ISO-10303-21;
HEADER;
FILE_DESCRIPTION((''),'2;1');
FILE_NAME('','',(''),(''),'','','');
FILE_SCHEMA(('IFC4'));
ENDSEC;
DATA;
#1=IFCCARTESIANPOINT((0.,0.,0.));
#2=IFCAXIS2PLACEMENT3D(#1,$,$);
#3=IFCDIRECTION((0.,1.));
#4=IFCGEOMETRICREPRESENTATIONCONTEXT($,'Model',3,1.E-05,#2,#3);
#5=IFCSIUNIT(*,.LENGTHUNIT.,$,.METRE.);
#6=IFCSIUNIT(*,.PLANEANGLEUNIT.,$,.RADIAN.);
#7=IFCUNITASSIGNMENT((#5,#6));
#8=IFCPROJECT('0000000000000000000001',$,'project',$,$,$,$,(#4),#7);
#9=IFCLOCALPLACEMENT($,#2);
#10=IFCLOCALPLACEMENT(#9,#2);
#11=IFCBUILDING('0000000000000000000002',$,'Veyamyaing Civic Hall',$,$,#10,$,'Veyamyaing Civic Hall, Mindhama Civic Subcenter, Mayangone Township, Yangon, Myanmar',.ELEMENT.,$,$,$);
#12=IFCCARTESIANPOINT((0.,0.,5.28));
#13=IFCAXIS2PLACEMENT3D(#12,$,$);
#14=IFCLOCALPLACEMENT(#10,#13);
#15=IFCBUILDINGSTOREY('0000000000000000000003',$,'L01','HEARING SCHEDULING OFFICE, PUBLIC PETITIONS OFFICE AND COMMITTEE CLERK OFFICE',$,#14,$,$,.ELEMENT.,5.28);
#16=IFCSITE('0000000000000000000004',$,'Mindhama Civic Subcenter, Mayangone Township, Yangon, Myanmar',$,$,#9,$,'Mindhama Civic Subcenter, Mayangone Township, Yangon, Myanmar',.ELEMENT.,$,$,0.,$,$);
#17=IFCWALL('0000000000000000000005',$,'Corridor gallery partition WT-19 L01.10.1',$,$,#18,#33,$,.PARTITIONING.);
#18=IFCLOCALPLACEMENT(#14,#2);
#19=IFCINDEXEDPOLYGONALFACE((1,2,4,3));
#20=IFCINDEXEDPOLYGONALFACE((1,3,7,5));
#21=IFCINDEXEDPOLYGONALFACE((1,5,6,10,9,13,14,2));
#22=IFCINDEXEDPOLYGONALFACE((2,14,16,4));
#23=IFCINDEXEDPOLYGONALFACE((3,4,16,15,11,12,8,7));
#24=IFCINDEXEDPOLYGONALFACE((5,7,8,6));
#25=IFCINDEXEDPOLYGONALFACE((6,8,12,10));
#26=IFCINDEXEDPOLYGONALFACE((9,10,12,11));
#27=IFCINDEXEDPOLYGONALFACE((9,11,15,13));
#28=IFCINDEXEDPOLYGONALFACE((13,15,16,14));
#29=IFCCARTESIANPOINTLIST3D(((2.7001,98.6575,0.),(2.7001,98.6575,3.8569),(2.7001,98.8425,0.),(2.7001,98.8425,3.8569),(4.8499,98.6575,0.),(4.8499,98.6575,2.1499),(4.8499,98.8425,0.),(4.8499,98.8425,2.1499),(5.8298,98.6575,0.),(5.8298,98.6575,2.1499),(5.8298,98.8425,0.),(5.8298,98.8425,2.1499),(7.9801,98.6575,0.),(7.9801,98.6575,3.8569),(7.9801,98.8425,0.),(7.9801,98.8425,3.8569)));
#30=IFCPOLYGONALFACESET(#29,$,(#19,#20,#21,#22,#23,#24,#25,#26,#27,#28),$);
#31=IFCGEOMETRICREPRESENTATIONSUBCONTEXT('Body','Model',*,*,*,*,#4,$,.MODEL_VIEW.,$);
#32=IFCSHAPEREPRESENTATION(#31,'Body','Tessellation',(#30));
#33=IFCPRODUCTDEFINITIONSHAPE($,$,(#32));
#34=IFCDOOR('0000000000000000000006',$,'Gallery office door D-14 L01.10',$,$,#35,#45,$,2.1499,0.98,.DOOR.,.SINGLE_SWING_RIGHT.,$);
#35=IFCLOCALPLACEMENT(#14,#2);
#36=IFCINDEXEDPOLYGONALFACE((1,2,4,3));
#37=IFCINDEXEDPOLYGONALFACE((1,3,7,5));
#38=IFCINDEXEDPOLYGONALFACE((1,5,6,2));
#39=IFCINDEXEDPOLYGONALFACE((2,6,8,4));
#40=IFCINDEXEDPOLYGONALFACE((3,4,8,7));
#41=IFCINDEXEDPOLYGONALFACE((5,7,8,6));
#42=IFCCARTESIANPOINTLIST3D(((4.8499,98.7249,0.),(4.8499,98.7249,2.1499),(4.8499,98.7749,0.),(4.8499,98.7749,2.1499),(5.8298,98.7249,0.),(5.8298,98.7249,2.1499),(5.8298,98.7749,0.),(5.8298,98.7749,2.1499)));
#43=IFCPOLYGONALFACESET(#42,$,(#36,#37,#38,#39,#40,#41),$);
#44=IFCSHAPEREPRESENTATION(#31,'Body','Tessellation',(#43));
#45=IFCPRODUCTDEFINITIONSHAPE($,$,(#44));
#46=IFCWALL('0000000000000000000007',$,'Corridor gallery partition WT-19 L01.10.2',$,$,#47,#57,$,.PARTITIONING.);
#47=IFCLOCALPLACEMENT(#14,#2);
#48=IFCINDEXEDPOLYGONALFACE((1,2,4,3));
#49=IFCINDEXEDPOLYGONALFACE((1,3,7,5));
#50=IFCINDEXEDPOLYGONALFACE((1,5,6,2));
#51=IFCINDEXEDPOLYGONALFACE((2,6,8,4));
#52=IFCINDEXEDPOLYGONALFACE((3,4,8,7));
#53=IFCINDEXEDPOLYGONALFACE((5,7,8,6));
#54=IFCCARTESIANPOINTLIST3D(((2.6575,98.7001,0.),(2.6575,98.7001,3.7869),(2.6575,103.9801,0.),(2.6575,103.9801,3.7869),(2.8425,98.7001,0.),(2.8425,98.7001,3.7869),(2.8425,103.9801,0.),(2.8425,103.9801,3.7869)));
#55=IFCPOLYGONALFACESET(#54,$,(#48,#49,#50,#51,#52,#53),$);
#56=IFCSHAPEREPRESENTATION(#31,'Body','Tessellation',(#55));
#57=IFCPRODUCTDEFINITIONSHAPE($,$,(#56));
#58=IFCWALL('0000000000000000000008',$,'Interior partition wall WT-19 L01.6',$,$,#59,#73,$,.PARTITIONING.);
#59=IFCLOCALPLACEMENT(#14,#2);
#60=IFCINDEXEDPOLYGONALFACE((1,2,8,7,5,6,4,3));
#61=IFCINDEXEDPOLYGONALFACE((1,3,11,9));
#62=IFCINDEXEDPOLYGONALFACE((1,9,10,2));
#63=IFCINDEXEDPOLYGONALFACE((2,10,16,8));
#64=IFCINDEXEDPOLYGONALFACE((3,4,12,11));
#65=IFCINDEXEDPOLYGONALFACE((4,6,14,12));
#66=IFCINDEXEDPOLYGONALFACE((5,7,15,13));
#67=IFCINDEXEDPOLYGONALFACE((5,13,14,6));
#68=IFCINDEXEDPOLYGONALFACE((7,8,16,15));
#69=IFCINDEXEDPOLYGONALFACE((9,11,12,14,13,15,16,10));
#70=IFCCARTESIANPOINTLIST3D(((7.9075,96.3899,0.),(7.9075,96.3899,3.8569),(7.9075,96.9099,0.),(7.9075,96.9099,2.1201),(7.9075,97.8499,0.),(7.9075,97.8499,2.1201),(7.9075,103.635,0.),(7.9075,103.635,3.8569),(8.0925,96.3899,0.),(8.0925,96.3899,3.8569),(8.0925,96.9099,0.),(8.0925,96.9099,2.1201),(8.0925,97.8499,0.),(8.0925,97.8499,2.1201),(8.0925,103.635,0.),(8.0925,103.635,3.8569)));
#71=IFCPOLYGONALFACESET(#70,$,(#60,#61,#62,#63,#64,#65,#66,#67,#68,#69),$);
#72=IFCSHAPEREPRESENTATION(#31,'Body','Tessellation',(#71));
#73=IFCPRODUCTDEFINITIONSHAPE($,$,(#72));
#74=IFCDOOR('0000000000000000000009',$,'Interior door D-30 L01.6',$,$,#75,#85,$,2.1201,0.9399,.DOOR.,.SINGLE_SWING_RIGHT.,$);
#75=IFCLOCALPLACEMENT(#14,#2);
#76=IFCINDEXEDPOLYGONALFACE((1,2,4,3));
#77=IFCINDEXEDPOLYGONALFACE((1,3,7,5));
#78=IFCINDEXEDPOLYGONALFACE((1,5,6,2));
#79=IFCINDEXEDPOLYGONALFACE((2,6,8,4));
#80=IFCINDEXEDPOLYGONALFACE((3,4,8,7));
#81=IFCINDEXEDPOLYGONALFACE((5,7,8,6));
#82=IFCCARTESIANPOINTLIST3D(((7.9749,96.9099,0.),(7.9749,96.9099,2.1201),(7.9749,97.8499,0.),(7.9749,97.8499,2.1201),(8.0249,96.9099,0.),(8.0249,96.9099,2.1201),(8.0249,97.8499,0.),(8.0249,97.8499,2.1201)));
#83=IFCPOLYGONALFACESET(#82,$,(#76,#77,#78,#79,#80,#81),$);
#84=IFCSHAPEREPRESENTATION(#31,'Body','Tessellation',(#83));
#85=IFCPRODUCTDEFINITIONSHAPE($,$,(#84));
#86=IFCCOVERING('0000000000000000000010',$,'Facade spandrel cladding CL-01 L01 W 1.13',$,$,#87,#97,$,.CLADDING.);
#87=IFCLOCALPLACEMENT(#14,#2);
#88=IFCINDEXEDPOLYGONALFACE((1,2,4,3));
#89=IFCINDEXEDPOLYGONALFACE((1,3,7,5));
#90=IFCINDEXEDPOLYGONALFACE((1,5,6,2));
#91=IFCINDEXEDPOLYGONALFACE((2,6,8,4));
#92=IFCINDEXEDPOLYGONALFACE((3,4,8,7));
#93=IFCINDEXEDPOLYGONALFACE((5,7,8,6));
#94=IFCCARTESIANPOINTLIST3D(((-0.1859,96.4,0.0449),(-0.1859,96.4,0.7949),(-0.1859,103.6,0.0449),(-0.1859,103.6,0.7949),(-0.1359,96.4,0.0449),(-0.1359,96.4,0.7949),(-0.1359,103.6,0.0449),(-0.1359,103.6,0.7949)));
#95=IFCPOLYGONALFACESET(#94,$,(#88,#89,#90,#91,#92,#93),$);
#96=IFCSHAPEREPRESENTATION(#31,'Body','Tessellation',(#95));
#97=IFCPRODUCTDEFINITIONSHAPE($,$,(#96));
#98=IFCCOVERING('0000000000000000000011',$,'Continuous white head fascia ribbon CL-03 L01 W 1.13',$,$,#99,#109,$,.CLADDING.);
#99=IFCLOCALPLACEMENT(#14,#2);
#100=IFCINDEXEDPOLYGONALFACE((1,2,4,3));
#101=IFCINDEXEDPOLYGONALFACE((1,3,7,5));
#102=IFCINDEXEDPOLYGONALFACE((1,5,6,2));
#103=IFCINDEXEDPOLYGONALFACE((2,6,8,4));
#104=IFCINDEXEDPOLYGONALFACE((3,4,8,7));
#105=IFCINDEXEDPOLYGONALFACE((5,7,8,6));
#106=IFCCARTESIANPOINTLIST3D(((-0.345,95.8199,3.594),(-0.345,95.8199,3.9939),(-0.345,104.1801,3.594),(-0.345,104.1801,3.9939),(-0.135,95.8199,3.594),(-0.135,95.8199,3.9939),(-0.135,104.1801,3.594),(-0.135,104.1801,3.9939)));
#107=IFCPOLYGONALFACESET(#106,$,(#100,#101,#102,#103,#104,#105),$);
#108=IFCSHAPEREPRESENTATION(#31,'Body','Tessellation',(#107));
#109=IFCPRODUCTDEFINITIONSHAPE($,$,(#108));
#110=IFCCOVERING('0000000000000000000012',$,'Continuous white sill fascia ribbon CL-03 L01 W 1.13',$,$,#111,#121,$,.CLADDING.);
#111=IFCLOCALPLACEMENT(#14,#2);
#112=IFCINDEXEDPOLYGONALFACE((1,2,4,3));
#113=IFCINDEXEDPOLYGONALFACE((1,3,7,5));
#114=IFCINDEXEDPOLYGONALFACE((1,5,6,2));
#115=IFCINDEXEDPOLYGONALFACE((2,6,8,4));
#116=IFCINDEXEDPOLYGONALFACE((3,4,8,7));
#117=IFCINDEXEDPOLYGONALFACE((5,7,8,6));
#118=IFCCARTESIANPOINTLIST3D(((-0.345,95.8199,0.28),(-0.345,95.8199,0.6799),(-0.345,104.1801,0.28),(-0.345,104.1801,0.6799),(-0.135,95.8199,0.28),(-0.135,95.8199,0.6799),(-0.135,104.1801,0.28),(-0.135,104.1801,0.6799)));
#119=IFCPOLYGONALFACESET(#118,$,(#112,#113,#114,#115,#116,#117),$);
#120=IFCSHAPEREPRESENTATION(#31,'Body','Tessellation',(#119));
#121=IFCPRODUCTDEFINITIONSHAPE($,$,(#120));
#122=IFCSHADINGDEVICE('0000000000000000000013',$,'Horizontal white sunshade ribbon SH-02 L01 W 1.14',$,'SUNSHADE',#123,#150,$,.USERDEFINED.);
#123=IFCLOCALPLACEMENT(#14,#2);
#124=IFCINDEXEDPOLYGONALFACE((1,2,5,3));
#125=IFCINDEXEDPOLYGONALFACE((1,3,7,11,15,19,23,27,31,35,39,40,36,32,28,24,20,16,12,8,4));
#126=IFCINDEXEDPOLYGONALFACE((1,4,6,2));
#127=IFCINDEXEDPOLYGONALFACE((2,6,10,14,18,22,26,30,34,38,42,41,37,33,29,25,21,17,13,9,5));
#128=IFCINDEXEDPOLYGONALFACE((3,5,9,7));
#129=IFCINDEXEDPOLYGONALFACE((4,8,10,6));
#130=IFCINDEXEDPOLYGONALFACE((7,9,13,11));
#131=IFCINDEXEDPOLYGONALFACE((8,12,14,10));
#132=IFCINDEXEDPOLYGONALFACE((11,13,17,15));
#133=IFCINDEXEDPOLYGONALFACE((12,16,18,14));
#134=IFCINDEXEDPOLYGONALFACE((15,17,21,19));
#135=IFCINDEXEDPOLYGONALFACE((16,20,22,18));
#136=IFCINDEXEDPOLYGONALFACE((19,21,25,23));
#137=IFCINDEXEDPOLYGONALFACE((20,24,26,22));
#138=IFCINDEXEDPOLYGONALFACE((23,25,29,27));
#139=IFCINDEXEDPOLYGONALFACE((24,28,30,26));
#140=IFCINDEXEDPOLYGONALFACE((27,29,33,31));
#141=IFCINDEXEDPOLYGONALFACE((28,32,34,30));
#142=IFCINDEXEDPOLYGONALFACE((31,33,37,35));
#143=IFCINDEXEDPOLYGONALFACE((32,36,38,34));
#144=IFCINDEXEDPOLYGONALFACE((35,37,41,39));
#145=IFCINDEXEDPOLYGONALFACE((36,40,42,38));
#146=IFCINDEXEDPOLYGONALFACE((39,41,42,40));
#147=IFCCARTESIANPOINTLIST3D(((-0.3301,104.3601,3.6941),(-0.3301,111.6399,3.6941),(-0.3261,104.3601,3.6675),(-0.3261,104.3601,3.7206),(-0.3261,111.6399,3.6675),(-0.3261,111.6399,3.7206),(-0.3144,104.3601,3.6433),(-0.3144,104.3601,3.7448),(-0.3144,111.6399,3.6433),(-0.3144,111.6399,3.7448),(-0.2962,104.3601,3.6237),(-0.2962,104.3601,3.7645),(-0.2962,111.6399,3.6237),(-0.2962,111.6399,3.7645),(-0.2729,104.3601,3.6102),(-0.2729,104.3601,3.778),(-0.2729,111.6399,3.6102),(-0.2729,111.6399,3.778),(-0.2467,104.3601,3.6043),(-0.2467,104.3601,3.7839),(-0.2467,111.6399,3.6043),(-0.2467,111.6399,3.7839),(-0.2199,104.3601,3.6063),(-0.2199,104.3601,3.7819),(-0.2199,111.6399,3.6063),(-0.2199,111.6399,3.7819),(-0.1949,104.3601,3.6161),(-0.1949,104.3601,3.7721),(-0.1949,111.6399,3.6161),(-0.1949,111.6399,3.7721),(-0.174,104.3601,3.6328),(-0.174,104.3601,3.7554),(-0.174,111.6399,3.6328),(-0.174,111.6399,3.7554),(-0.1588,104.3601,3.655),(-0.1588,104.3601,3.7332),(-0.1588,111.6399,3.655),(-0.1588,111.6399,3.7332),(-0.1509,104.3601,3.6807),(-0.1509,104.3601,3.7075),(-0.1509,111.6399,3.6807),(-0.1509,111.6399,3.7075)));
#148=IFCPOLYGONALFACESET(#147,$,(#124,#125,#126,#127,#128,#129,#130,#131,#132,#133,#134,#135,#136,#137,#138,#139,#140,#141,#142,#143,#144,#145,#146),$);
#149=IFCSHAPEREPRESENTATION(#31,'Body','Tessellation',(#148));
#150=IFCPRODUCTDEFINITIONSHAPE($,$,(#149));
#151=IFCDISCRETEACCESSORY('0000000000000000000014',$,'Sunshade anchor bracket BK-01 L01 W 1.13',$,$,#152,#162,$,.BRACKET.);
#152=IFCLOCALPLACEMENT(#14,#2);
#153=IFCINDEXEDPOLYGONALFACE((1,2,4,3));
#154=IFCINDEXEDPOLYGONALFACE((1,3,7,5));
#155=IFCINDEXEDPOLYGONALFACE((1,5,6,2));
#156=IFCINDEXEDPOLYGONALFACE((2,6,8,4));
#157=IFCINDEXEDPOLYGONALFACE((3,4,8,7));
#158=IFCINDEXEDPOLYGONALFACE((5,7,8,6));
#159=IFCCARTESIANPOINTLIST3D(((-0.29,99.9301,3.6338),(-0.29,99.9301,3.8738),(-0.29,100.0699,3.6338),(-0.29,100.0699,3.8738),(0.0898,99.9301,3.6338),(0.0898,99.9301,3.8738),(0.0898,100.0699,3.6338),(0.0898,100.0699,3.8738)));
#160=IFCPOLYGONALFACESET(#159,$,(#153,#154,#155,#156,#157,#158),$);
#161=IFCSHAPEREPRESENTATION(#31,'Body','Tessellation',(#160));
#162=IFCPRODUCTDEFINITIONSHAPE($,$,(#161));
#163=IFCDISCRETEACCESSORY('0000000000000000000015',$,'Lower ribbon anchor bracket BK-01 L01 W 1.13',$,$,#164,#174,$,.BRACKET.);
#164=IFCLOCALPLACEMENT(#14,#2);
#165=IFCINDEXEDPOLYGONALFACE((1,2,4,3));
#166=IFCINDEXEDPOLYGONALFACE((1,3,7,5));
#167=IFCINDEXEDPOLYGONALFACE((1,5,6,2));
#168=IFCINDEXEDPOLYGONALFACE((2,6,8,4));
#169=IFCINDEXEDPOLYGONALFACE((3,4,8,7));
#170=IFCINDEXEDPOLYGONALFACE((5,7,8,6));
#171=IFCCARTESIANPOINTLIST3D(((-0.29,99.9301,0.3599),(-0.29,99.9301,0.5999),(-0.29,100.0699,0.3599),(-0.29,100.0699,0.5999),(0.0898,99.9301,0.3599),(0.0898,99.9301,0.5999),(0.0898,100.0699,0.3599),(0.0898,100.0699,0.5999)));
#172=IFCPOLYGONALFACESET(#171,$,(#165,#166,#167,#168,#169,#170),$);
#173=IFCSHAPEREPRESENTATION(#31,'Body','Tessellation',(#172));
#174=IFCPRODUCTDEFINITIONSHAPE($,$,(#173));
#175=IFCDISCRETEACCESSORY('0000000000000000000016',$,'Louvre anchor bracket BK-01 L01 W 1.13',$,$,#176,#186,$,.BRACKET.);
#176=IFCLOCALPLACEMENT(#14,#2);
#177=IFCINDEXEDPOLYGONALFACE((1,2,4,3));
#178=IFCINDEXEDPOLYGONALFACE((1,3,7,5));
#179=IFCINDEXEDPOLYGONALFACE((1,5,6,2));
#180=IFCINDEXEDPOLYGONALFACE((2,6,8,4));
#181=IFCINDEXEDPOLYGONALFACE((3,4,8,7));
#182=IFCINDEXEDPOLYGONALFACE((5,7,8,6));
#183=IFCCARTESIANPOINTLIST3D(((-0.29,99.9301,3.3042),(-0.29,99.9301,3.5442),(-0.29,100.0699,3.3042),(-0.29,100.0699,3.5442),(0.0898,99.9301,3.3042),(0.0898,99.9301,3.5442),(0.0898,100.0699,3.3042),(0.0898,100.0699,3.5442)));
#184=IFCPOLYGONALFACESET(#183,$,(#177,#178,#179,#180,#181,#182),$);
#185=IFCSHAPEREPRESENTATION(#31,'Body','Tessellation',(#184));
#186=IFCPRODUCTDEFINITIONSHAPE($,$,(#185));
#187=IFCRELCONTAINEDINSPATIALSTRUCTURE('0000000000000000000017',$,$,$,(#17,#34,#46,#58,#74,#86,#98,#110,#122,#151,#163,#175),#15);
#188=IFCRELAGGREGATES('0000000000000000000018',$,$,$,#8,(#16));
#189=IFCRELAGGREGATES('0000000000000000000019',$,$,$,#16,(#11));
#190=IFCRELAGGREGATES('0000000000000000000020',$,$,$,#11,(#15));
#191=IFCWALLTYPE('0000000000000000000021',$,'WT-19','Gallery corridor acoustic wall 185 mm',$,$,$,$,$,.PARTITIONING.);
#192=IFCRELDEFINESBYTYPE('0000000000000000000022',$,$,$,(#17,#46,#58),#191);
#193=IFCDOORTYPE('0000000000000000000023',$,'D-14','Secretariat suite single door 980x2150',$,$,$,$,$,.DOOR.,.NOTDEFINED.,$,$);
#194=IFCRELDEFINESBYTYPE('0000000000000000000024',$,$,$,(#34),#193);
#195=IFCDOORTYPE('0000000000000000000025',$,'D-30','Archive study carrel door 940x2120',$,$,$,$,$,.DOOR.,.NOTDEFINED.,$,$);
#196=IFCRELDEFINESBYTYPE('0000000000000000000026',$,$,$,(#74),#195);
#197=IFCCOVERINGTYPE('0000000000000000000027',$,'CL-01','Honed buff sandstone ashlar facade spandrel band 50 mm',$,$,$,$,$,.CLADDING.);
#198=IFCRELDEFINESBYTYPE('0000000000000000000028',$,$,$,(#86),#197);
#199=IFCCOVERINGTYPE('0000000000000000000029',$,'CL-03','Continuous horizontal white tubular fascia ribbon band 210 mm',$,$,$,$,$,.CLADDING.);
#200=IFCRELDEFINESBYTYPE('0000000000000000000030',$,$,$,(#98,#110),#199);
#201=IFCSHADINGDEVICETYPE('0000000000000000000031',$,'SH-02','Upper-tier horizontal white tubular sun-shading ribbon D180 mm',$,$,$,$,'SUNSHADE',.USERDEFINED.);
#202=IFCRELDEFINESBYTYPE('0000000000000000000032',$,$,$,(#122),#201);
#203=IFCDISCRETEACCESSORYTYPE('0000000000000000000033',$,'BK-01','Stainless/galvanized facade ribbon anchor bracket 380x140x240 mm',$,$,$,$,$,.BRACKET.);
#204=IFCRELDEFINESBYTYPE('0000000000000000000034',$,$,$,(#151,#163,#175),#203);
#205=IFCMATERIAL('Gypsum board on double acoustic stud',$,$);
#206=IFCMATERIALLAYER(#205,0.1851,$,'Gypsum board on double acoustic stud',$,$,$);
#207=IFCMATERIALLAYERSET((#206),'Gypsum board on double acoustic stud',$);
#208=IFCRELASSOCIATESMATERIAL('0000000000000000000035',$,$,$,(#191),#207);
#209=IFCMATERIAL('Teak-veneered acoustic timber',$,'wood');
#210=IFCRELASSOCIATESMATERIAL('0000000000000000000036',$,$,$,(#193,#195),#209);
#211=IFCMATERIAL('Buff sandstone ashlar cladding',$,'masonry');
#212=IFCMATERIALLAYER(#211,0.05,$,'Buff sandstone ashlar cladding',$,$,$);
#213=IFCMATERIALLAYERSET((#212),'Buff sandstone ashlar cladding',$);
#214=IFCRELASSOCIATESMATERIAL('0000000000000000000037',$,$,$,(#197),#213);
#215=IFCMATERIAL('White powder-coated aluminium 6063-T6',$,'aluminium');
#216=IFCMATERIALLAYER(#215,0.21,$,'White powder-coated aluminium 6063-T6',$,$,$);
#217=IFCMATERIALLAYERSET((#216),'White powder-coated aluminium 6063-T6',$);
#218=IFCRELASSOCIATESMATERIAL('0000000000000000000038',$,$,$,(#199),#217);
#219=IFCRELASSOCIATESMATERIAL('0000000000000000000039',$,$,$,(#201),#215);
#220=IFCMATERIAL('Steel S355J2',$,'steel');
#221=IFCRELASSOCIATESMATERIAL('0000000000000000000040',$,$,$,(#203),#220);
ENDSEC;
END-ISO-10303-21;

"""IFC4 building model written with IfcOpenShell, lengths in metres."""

from ifc_helpers import new_model, si_unit, direction, frame, frame_2d, origin, origin_2d, place, context, subcontext, project, spatial, rectangle, circle, extrude, material, layer, layer_set, material_profile, profile_set, type_object, element, fill, save


model = new_model("IFC4")

# Units and contexts
model_context = context("Model", 3, precision=1e-05, world=origin(), true_north=direction((0.0, 1.0)))
body_context = subcontext(model_context, "Body", "Model", "MODEL_VIEW")
ifc_project = project(units=[si_unit("LENGTHUNIT", "METRE"), si_unit("PLANEANGLEUNIT", "RADIAN")], contexts=[model_context])

# Site, building, storey
site_placement = place(None, origin())
site = spatial("IfcSite", under=ifc_project, at=site_placement, Name="Mindhama Civic Subcenter, Mayangone Township, Yangon, Myanmar", LongName="Mindhama Civic Subcenter, Mayangone Township, Yangon, Myanmar", CompositionType="ELEMENT", RefElevation=0.0)
building_placement = place(site_placement, origin())
building = spatial("IfcBuilding", under=site, at=building_placement, Name="Veyamyaing Civic Hall", LongName="Veyamyaing Civic Hall, Mindhama Civic Subcenter, Mayangone Township, Yangon, Myanmar", CompositionType="ELEMENT")
storey_placement = place(building_placement, frame((0.0, 0.0, 5.28)))
storey = spatial("IfcBuildingStorey", under=building, at=storey_placement, Name="L01", Description="HEARING SCHEDULING OFFICE, PUBLIC PETITIONS OFFICE AND COMMITTEE CLERK OFFICE", CompositionType="ELEMENT", Elevation=5.28)

# Wall, opening, door
ifc_material_1 = material(Name="Gypsum board on double acoustic stud")
ifc_layer_1 = layer(ifc_material_1, 0.1851, Name="Gypsum board on double acoustic stud")
ifc_layer_set_1 = layer_set([ifc_layer_1], Name="Gypsum board on double acoustic stud")
wall_type_1 = type_object("IfcWallType", Name="WT-19", Description="Gallery corridor acoustic wall 185 mm", PredefinedType="PARTITIONING", material=ifc_layer_set_1)
wall_1_placement = place(storey_placement, frame((2.7, 98.75, 0.0), z_axis=(0.0, 0.0, 1.0), x_axis=(1.0, 0.0, 0.0)))
wall_1 = element("IfcWall", 1, at=wall_1_placement, inside=storey, type_object=wall_type_1, Name="Corridor gallery partition WT-19 L01.10.1", PredefinedType="PARTITIONING", context=body_context, shape_type="SweptSolid", body=[
    extrude(rectangle(XDim=5.28, YDim=0.1851, at=frame_2d((2.6401, 0.0))), origin(), (0.0, 0.0, 1.0), 3.8569),
])
opening_1_placement = place(wall_1_placement, frame((2.1499, 0.0, 0.0)))
opening_1 = element("IfcOpeningElement", 2, at=opening_1_placement, cuts=wall_1, PredefinedType="OPENING", context=body_context, shape_type="SweptSolid", body=[
    extrude(rectangle(XDim=0.98, YDim=2.1499, at=frame_2d((0.49, 1.075))), frame((0.0, 0.1025, 0.0), z_axis=(0.0, -1.0, 0.0), x_axis=(1.0, 0.0, 0.0)), (0.0, 0.0, 1.0), 0.2051),
])
ifc_material_2 = material(Name="Teak-veneered acoustic timber", Category="wood")
door_type_1 = type_object("IfcDoorType", Name="D-14", Description="Secretariat suite single door 980x2150", OperationType="NOTDEFINED", PredefinedType="DOOR", material=ifc_material_2)
door_1_placement = place(opening_1_placement, origin())
door_1 = element("IfcDoor", 3, at=door_1_placement, inside=storey, type_object=door_type_1, Name="Gallery office door D-14 L01.10", OperationType="SINGLE_SWING_RIGHT", OverallHeight=2.1499, OverallWidth=0.98, PredefinedType="DOOR", context=body_context, shape_type="SweptSolid", body=[
    extrude(rectangle(XDim=0.98, YDim=2.1499, at=frame_2d((0.49, 1.075))), frame((0.0, 0.0249, 0.0), z_axis=(0.0, -1.0, 0.0), x_axis=(1.0, 0.0, 0.0)), (0.0, 0.0, 1.0), 0.05),
])
fill(opening_1, door_1)

# Wall
wall_2_placement = place(storey_placement, frame((2.75, 98.7, 0.0), z_axis=(0.0, 0.0, 1.0), x_axis=(0.0, 1.0, 0.0)))
element("IfcWall", 4, at=wall_2_placement, inside=storey, type_object=wall_type_1, Name="Corridor gallery partition WT-19 L01.10.2", PredefinedType="PARTITIONING", context=body_context, shape_type="SweptSolid", body=[
    extrude(rectangle(XDim=5.28, YDim=0.1851, at=frame_2d((2.6401, 0.0))), origin(), (0.0, 0.0, 1.0), 3.7869),
])

# Wall, opening, door
wall_3_placement = place(storey_placement, frame((8.0, 96.3899, 0.0), z_axis=(0.0, 0.0, 1.0), x_axis=(0.0, 1.0, 0.0)))
wall_3 = element("IfcWall", 5, at=wall_3_placement, inside=storey, type_object=wall_type_1, Name="Interior partition wall WT-19 L01.6", PredefinedType="PARTITIONING", context=body_context, shape_type="SweptSolid", body=[
    extrude(rectangle(XDim=7.2451, YDim=0.1851, at=frame_2d((3.6226, 0.0))), origin(), (0.0, 0.0, 1.0), 3.8569),
])
opening_2_placement = place(wall_3_placement, frame((0.52, 0.0, 0.0)))
opening_2 = element("IfcOpeningElement", 6, at=opening_2_placement, cuts=wall_3, PredefinedType="OPENING", context=body_context, shape_type="SweptSolid", body=[
    extrude(rectangle(XDim=0.9399, YDim=2.1201, at=frame_2d((0.47, 1.0601))), frame((0.0, 0.1025, 0.0), z_axis=(0.0, -1.0, 0.0), x_axis=(1.0, 0.0, 0.0)), (0.0, 0.0, 1.0), 0.2051),
])
door_type_2 = type_object("IfcDoorType", Name="D-30", Description="Archive study carrel door 940x2120", OperationType="NOTDEFINED", PredefinedType="DOOR", material=ifc_material_2)
door_2_placement = place(opening_2_placement, frame((0.9399, 0.0, 0.0), z_axis=(0.0, 0.0, 1.0), x_axis=(-1.0, 0.0, 0.0)))
door_2 = element("IfcDoor", 7, at=door_2_placement, inside=storey, type_object=door_type_2, Name="Interior door D-30 L01.6", OperationType="SINGLE_SWING_RIGHT", OverallHeight=2.1201, OverallWidth=0.9399, PredefinedType="DOOR", context=body_context, shape_type="SweptSolid", body=[
    extrude(rectangle(XDim=0.9399, YDim=2.1201, at=frame_2d((0.47, 1.0601))), frame((0.0, 0.0249, 0.0), z_axis=(0.0, -1.0, 0.0), x_axis=(1.0, 0.0, 0.0)), (0.0, 0.0, 1.0), 0.05),
])
fill(opening_2, door_2)

# Coverings
ifc_material_3 = material(Name="Buff sandstone ashlar cladding", Category="masonry")
ifc_layer_2 = layer(ifc_material_3, 0.05, Name="Buff sandstone ashlar cladding")
ifc_layer_set_2 = layer_set([ifc_layer_2], Name="Buff sandstone ashlar cladding")
covering_type_1 = type_object("IfcCoveringType", Name="CL-01", Description="Honed buff sandstone ashlar facade spandrel band 50 mm", PredefinedType="CLADDING", material=ifc_layer_set_2)
covering_placement = place(storey_placement, frame((-0.1609, 100.0, 0.0449), z_axis=(0.0, 0.0, 1.0), x_axis=(0.0, 1.0, 0.0)))
element("IfcCovering", 8, at=covering_placement, inside=storey, type_object=covering_type_1, Name="Facade spandrel cladding CL-01 L01 W 1.13", PredefinedType="CLADDING", context=body_context, shape_type="SweptSolid", body=[
    extrude(rectangle(XDim=7.2, YDim=0.05, at=origin_2d()), origin(), (0.0, 0.0, 1.0), 0.75),
])
ifc_material_4 = material(Name="White powder-coated aluminium 6063-T6", Category="aluminium")
ifc_layer_3 = layer(ifc_material_4, 0.21, Name="White powder-coated aluminium 6063-T6")
ifc_layer_set_3 = layer_set([ifc_layer_3], Name="White powder-coated aluminium 6063-T6")
covering_type_2 = type_object("IfcCoveringType", Name="CL-03", Description="Continuous horizontal white tubular fascia ribbon band 210 mm", PredefinedType="CLADDING", material=ifc_layer_set_3)
for number, where, z_axis, x_axis, name in (
    (9, (-0.24, 100.0, 3.594), (0.0, 0.0, 1.0), (0.0, 1.0, 0.0), "Continuous white head fascia ribbon CL-03 L01 W 1.13"),
    (10, (-0.24, 100.0, 0.28), (0.0, 0.0, 1.0), (0.0, 1.0, 0.0), "Continuous white sill fascia ribbon CL-03 L01 W 1.13"),
):
    element("IfcCovering", number, at=place(storey_placement, frame(where, z_axis=z_axis, x_axis=x_axis)), inside=storey, type_object=covering_type_2, Name=name, PredefinedType="CLADDING", context=body_context, shape_type="SweptSolid", body=[
        extrude(rectangle(XDim=8.3601, YDim=0.21, at=origin_2d()), origin(), (0.0, 0.0, 1.0), 0.3999),
    ])

# Shading device
ifc_material_profile_1 = material_profile(ifc_material_4, circle(Radius=0.0901, at=origin_2d()), Name="SHADE-TUBE-180")
ifc_profile_set_1 = profile_set([ifc_material_profile_1], Name="White powder-coated aluminium 6063-T6")
shading_device_type = type_object("IfcShadingDeviceType", Name="SH-02", Description="Upper-tier horizontal white tubular sun-shading ribbon D180 mm", ElementType="SUNSHADE", PredefinedType="USERDEFINED", material=ifc_profile_set_1)
shading_device_placement = place(storey_placement, frame((-0.24, 104.3601, 3.6941), z_axis=(0.0, 1.0, 0.0), x_axis=(-1.0, 0.0, 0.0)))
element("IfcShadingDevice", 11, at=shading_device_placement, inside=storey, type_object=shading_device_type, Name="Horizontal white sunshade ribbon SH-02 L01 W 1.14", ObjectType="SUNSHADE", PredefinedType="USERDEFINED", context=body_context, shape_type="SweptSolid", body=[
    extrude(circle(Radius=0.0901, at=origin_2d()), origin(), (0.0, 0.0, 1.0), 7.2798),
])

# Discrete accessories
ifc_material_5 = material(Name="Steel S355J2", Category="steel")
discrete_accessory_type = type_object("IfcDiscreteAccessoryType", Name="BK-01", Description="Stainless/galvanized facade ribbon anchor bracket 380x140x240 mm", PredefinedType="BRACKET", material=ifc_material_5)
for number, where, z_axis, x_axis, name in (
    (12, (-0.1001, 100.0, 3.6338), (0.0, 0.0, 1.0), (-1.0, 0.0, 0.0), "Sunshade anchor bracket BK-01 L01 W 1.13"),
    (13, (-0.1001, 100.0, 0.3599), (0.0, 0.0, 1.0), (-1.0, 0.0, 0.0), "Lower ribbon anchor bracket BK-01 L01 W 1.13"),
    (14, (-0.1001, 100.0, 3.3042), (0.0, 0.0, 1.0), (-1.0, 0.0, 0.0), "Louvre anchor bracket BK-01 L01 W 1.13"),
):
    element("IfcDiscreteAccessory", number, at=place(storey_placement, frame(where, z_axis=z_axis, x_axis=x_axis)), inside=storey, type_object=discrete_accessory_type, Name=name, PredefinedType="BRACKET", context=body_context, shape_type="SweptSolid", body=[
        extrude(rectangle(XDim=0.3799, YDim=0.1399, at=origin_2d()), origin(), (0.0, 0.0, 1.0), 0.24),
    ])

save(model, "model.ifc")
